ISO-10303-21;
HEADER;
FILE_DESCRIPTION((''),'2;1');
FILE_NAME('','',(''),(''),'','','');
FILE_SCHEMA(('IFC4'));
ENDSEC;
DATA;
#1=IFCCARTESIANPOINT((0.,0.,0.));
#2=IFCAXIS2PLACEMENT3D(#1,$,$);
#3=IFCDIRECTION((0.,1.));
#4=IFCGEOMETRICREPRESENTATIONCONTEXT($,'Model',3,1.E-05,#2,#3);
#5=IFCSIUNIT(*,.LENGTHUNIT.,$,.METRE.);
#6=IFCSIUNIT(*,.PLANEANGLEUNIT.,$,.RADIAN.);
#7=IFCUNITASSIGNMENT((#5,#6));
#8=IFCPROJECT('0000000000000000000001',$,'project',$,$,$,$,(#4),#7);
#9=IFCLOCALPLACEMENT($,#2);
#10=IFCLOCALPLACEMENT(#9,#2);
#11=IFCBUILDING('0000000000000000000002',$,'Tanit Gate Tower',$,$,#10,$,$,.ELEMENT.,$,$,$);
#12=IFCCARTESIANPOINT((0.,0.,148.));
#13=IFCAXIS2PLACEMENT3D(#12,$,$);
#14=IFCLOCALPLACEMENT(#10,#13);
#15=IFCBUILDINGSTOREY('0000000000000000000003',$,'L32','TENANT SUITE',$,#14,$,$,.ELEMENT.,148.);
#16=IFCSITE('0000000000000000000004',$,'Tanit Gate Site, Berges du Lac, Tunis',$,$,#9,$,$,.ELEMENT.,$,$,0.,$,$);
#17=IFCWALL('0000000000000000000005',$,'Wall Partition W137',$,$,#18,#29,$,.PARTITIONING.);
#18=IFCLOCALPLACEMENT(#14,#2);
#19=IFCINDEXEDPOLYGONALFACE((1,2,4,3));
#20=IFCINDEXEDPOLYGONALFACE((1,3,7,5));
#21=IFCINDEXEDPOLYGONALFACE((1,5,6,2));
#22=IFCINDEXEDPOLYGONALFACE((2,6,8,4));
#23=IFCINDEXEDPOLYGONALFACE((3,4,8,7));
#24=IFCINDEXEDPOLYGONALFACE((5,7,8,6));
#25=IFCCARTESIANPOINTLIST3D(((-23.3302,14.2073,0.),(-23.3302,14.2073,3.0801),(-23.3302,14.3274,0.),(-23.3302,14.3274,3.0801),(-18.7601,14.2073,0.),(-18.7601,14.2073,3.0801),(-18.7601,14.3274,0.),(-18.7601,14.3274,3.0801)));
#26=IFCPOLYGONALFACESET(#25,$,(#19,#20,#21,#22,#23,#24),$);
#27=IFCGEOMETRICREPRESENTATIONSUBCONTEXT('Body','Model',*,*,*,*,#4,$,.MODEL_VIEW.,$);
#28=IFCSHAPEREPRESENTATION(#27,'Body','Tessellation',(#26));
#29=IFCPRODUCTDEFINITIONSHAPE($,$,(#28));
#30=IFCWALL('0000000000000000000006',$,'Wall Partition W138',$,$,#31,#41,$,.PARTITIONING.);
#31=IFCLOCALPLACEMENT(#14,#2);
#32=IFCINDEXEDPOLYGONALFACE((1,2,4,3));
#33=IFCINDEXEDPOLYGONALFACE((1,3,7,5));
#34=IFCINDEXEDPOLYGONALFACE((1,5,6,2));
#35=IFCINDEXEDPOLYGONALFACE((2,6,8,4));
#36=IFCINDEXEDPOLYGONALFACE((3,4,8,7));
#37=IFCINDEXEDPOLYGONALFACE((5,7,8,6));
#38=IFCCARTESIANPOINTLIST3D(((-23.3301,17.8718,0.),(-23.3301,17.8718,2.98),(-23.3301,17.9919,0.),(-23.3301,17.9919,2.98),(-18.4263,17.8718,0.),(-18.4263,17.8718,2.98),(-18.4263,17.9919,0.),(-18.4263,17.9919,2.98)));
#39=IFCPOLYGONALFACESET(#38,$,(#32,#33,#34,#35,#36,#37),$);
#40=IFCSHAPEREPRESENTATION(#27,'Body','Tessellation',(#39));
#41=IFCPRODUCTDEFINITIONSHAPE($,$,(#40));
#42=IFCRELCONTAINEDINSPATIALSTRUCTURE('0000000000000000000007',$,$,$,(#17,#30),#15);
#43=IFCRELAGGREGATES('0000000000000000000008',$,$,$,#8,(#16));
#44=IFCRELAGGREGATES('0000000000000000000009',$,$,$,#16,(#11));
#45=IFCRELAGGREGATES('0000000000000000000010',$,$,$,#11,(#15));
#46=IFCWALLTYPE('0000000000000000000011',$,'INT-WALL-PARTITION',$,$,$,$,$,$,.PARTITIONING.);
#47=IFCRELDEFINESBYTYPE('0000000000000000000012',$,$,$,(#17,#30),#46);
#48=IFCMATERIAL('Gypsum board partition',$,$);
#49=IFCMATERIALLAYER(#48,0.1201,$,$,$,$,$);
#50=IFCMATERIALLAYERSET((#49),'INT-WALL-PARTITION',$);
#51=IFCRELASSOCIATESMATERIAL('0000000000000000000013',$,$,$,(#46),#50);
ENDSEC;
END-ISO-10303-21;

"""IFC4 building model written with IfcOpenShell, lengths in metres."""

from ifc_helpers import new_model, si_unit, direction, frame, frame_2d, origin, place, context, subcontext, project, spatial, rectangle, extrude, material, layer, layer_set, type_object, element, save


model = new_model("IFC4")

# Units and contexts
model_context = context("Model", 3, precision=1e-05, world=origin(), true_north=direction((0.0, 1.0)))
body_context = subcontext(model_context, "Body", "Model", "MODEL_VIEW")
ifc_project = project(units=[si_unit("LENGTHUNIT", "METRE"), si_unit("PLANEANGLEUNIT", "RADIAN")], contexts=[model_context])

# Site, building, storey
site_placement = place(None, origin())
site = spatial("IfcSite", under=ifc_project, at=site_placement, Name="Tanit Gate Site, Berges du Lac, Tunis", CompositionType="ELEMENT", RefElevation=0.0)
building_placement = place(site_placement, origin())
building = spatial("IfcBuilding", under=site, at=building_placement, Name="Tanit Gate Tower", CompositionType="ELEMENT")
storey_placement = place(building_placement, frame((0.0, 0.0, 148.0)))
storey = spatial("IfcBuildingStorey", under=building, at=storey_placement, Name="L32", Description="TENANT SUITE", CompositionType="ELEMENT", Elevation=148.0)

# Shared definitions
ifc_material_1 = material(Name="Gypsum board partition")
ifc_layer_1 = layer(ifc_material_1, 0.1201)
ifc_layer_set_1 = layer_set([ifc_layer_1], Name="INT-WALL-PARTITION")
wall_type_1 = type_object("IfcWallType", Name="INT-WALL-PARTITION", PredefinedType="PARTITIONING", material=ifc_layer_set_1)

# Walls
wall_1_placement = place(storey_placement, frame((-18.76, 14.2673, 0.0), z_axis=(0.0, 0.0, 1.0), x_axis=(-1.0, 0.0, 0.0)))
element("IfcWall", 1, at=wall_1_placement, inside=storey, type_object=wall_type_1, Name="Wall Partition W137", PredefinedType="PARTITIONING", context=body_context, shape_type="SweptSolid", body=[
    extrude(rectangle(XDim=4.5701, YDim=0.1201, at=frame_2d((2.2852, 0.0))), origin(), (0.0, 0.0, 1.0), 3.0801),
])
wall_2_placement = place(storey_placement, frame((-23.3301, 17.9319, 0.0), z_axis=(0.0, 0.0, 1.0), x_axis=(1.0, 0.0, 0.0)))
element("IfcWall", 2, at=wall_2_placement, inside=storey, type_object=wall_type_1, Name="Wall Partition W138", PredefinedType="PARTITIONING", context=body_context, shape_type="SweptSolid", body=[
    extrude(rectangle(XDim=4.9038, YDim=0.1201, at=frame_2d((2.4519, 0.0))), origin(), (0.0, 0.0, 1.0), 2.98),
])

save(model, "model.ifc")
